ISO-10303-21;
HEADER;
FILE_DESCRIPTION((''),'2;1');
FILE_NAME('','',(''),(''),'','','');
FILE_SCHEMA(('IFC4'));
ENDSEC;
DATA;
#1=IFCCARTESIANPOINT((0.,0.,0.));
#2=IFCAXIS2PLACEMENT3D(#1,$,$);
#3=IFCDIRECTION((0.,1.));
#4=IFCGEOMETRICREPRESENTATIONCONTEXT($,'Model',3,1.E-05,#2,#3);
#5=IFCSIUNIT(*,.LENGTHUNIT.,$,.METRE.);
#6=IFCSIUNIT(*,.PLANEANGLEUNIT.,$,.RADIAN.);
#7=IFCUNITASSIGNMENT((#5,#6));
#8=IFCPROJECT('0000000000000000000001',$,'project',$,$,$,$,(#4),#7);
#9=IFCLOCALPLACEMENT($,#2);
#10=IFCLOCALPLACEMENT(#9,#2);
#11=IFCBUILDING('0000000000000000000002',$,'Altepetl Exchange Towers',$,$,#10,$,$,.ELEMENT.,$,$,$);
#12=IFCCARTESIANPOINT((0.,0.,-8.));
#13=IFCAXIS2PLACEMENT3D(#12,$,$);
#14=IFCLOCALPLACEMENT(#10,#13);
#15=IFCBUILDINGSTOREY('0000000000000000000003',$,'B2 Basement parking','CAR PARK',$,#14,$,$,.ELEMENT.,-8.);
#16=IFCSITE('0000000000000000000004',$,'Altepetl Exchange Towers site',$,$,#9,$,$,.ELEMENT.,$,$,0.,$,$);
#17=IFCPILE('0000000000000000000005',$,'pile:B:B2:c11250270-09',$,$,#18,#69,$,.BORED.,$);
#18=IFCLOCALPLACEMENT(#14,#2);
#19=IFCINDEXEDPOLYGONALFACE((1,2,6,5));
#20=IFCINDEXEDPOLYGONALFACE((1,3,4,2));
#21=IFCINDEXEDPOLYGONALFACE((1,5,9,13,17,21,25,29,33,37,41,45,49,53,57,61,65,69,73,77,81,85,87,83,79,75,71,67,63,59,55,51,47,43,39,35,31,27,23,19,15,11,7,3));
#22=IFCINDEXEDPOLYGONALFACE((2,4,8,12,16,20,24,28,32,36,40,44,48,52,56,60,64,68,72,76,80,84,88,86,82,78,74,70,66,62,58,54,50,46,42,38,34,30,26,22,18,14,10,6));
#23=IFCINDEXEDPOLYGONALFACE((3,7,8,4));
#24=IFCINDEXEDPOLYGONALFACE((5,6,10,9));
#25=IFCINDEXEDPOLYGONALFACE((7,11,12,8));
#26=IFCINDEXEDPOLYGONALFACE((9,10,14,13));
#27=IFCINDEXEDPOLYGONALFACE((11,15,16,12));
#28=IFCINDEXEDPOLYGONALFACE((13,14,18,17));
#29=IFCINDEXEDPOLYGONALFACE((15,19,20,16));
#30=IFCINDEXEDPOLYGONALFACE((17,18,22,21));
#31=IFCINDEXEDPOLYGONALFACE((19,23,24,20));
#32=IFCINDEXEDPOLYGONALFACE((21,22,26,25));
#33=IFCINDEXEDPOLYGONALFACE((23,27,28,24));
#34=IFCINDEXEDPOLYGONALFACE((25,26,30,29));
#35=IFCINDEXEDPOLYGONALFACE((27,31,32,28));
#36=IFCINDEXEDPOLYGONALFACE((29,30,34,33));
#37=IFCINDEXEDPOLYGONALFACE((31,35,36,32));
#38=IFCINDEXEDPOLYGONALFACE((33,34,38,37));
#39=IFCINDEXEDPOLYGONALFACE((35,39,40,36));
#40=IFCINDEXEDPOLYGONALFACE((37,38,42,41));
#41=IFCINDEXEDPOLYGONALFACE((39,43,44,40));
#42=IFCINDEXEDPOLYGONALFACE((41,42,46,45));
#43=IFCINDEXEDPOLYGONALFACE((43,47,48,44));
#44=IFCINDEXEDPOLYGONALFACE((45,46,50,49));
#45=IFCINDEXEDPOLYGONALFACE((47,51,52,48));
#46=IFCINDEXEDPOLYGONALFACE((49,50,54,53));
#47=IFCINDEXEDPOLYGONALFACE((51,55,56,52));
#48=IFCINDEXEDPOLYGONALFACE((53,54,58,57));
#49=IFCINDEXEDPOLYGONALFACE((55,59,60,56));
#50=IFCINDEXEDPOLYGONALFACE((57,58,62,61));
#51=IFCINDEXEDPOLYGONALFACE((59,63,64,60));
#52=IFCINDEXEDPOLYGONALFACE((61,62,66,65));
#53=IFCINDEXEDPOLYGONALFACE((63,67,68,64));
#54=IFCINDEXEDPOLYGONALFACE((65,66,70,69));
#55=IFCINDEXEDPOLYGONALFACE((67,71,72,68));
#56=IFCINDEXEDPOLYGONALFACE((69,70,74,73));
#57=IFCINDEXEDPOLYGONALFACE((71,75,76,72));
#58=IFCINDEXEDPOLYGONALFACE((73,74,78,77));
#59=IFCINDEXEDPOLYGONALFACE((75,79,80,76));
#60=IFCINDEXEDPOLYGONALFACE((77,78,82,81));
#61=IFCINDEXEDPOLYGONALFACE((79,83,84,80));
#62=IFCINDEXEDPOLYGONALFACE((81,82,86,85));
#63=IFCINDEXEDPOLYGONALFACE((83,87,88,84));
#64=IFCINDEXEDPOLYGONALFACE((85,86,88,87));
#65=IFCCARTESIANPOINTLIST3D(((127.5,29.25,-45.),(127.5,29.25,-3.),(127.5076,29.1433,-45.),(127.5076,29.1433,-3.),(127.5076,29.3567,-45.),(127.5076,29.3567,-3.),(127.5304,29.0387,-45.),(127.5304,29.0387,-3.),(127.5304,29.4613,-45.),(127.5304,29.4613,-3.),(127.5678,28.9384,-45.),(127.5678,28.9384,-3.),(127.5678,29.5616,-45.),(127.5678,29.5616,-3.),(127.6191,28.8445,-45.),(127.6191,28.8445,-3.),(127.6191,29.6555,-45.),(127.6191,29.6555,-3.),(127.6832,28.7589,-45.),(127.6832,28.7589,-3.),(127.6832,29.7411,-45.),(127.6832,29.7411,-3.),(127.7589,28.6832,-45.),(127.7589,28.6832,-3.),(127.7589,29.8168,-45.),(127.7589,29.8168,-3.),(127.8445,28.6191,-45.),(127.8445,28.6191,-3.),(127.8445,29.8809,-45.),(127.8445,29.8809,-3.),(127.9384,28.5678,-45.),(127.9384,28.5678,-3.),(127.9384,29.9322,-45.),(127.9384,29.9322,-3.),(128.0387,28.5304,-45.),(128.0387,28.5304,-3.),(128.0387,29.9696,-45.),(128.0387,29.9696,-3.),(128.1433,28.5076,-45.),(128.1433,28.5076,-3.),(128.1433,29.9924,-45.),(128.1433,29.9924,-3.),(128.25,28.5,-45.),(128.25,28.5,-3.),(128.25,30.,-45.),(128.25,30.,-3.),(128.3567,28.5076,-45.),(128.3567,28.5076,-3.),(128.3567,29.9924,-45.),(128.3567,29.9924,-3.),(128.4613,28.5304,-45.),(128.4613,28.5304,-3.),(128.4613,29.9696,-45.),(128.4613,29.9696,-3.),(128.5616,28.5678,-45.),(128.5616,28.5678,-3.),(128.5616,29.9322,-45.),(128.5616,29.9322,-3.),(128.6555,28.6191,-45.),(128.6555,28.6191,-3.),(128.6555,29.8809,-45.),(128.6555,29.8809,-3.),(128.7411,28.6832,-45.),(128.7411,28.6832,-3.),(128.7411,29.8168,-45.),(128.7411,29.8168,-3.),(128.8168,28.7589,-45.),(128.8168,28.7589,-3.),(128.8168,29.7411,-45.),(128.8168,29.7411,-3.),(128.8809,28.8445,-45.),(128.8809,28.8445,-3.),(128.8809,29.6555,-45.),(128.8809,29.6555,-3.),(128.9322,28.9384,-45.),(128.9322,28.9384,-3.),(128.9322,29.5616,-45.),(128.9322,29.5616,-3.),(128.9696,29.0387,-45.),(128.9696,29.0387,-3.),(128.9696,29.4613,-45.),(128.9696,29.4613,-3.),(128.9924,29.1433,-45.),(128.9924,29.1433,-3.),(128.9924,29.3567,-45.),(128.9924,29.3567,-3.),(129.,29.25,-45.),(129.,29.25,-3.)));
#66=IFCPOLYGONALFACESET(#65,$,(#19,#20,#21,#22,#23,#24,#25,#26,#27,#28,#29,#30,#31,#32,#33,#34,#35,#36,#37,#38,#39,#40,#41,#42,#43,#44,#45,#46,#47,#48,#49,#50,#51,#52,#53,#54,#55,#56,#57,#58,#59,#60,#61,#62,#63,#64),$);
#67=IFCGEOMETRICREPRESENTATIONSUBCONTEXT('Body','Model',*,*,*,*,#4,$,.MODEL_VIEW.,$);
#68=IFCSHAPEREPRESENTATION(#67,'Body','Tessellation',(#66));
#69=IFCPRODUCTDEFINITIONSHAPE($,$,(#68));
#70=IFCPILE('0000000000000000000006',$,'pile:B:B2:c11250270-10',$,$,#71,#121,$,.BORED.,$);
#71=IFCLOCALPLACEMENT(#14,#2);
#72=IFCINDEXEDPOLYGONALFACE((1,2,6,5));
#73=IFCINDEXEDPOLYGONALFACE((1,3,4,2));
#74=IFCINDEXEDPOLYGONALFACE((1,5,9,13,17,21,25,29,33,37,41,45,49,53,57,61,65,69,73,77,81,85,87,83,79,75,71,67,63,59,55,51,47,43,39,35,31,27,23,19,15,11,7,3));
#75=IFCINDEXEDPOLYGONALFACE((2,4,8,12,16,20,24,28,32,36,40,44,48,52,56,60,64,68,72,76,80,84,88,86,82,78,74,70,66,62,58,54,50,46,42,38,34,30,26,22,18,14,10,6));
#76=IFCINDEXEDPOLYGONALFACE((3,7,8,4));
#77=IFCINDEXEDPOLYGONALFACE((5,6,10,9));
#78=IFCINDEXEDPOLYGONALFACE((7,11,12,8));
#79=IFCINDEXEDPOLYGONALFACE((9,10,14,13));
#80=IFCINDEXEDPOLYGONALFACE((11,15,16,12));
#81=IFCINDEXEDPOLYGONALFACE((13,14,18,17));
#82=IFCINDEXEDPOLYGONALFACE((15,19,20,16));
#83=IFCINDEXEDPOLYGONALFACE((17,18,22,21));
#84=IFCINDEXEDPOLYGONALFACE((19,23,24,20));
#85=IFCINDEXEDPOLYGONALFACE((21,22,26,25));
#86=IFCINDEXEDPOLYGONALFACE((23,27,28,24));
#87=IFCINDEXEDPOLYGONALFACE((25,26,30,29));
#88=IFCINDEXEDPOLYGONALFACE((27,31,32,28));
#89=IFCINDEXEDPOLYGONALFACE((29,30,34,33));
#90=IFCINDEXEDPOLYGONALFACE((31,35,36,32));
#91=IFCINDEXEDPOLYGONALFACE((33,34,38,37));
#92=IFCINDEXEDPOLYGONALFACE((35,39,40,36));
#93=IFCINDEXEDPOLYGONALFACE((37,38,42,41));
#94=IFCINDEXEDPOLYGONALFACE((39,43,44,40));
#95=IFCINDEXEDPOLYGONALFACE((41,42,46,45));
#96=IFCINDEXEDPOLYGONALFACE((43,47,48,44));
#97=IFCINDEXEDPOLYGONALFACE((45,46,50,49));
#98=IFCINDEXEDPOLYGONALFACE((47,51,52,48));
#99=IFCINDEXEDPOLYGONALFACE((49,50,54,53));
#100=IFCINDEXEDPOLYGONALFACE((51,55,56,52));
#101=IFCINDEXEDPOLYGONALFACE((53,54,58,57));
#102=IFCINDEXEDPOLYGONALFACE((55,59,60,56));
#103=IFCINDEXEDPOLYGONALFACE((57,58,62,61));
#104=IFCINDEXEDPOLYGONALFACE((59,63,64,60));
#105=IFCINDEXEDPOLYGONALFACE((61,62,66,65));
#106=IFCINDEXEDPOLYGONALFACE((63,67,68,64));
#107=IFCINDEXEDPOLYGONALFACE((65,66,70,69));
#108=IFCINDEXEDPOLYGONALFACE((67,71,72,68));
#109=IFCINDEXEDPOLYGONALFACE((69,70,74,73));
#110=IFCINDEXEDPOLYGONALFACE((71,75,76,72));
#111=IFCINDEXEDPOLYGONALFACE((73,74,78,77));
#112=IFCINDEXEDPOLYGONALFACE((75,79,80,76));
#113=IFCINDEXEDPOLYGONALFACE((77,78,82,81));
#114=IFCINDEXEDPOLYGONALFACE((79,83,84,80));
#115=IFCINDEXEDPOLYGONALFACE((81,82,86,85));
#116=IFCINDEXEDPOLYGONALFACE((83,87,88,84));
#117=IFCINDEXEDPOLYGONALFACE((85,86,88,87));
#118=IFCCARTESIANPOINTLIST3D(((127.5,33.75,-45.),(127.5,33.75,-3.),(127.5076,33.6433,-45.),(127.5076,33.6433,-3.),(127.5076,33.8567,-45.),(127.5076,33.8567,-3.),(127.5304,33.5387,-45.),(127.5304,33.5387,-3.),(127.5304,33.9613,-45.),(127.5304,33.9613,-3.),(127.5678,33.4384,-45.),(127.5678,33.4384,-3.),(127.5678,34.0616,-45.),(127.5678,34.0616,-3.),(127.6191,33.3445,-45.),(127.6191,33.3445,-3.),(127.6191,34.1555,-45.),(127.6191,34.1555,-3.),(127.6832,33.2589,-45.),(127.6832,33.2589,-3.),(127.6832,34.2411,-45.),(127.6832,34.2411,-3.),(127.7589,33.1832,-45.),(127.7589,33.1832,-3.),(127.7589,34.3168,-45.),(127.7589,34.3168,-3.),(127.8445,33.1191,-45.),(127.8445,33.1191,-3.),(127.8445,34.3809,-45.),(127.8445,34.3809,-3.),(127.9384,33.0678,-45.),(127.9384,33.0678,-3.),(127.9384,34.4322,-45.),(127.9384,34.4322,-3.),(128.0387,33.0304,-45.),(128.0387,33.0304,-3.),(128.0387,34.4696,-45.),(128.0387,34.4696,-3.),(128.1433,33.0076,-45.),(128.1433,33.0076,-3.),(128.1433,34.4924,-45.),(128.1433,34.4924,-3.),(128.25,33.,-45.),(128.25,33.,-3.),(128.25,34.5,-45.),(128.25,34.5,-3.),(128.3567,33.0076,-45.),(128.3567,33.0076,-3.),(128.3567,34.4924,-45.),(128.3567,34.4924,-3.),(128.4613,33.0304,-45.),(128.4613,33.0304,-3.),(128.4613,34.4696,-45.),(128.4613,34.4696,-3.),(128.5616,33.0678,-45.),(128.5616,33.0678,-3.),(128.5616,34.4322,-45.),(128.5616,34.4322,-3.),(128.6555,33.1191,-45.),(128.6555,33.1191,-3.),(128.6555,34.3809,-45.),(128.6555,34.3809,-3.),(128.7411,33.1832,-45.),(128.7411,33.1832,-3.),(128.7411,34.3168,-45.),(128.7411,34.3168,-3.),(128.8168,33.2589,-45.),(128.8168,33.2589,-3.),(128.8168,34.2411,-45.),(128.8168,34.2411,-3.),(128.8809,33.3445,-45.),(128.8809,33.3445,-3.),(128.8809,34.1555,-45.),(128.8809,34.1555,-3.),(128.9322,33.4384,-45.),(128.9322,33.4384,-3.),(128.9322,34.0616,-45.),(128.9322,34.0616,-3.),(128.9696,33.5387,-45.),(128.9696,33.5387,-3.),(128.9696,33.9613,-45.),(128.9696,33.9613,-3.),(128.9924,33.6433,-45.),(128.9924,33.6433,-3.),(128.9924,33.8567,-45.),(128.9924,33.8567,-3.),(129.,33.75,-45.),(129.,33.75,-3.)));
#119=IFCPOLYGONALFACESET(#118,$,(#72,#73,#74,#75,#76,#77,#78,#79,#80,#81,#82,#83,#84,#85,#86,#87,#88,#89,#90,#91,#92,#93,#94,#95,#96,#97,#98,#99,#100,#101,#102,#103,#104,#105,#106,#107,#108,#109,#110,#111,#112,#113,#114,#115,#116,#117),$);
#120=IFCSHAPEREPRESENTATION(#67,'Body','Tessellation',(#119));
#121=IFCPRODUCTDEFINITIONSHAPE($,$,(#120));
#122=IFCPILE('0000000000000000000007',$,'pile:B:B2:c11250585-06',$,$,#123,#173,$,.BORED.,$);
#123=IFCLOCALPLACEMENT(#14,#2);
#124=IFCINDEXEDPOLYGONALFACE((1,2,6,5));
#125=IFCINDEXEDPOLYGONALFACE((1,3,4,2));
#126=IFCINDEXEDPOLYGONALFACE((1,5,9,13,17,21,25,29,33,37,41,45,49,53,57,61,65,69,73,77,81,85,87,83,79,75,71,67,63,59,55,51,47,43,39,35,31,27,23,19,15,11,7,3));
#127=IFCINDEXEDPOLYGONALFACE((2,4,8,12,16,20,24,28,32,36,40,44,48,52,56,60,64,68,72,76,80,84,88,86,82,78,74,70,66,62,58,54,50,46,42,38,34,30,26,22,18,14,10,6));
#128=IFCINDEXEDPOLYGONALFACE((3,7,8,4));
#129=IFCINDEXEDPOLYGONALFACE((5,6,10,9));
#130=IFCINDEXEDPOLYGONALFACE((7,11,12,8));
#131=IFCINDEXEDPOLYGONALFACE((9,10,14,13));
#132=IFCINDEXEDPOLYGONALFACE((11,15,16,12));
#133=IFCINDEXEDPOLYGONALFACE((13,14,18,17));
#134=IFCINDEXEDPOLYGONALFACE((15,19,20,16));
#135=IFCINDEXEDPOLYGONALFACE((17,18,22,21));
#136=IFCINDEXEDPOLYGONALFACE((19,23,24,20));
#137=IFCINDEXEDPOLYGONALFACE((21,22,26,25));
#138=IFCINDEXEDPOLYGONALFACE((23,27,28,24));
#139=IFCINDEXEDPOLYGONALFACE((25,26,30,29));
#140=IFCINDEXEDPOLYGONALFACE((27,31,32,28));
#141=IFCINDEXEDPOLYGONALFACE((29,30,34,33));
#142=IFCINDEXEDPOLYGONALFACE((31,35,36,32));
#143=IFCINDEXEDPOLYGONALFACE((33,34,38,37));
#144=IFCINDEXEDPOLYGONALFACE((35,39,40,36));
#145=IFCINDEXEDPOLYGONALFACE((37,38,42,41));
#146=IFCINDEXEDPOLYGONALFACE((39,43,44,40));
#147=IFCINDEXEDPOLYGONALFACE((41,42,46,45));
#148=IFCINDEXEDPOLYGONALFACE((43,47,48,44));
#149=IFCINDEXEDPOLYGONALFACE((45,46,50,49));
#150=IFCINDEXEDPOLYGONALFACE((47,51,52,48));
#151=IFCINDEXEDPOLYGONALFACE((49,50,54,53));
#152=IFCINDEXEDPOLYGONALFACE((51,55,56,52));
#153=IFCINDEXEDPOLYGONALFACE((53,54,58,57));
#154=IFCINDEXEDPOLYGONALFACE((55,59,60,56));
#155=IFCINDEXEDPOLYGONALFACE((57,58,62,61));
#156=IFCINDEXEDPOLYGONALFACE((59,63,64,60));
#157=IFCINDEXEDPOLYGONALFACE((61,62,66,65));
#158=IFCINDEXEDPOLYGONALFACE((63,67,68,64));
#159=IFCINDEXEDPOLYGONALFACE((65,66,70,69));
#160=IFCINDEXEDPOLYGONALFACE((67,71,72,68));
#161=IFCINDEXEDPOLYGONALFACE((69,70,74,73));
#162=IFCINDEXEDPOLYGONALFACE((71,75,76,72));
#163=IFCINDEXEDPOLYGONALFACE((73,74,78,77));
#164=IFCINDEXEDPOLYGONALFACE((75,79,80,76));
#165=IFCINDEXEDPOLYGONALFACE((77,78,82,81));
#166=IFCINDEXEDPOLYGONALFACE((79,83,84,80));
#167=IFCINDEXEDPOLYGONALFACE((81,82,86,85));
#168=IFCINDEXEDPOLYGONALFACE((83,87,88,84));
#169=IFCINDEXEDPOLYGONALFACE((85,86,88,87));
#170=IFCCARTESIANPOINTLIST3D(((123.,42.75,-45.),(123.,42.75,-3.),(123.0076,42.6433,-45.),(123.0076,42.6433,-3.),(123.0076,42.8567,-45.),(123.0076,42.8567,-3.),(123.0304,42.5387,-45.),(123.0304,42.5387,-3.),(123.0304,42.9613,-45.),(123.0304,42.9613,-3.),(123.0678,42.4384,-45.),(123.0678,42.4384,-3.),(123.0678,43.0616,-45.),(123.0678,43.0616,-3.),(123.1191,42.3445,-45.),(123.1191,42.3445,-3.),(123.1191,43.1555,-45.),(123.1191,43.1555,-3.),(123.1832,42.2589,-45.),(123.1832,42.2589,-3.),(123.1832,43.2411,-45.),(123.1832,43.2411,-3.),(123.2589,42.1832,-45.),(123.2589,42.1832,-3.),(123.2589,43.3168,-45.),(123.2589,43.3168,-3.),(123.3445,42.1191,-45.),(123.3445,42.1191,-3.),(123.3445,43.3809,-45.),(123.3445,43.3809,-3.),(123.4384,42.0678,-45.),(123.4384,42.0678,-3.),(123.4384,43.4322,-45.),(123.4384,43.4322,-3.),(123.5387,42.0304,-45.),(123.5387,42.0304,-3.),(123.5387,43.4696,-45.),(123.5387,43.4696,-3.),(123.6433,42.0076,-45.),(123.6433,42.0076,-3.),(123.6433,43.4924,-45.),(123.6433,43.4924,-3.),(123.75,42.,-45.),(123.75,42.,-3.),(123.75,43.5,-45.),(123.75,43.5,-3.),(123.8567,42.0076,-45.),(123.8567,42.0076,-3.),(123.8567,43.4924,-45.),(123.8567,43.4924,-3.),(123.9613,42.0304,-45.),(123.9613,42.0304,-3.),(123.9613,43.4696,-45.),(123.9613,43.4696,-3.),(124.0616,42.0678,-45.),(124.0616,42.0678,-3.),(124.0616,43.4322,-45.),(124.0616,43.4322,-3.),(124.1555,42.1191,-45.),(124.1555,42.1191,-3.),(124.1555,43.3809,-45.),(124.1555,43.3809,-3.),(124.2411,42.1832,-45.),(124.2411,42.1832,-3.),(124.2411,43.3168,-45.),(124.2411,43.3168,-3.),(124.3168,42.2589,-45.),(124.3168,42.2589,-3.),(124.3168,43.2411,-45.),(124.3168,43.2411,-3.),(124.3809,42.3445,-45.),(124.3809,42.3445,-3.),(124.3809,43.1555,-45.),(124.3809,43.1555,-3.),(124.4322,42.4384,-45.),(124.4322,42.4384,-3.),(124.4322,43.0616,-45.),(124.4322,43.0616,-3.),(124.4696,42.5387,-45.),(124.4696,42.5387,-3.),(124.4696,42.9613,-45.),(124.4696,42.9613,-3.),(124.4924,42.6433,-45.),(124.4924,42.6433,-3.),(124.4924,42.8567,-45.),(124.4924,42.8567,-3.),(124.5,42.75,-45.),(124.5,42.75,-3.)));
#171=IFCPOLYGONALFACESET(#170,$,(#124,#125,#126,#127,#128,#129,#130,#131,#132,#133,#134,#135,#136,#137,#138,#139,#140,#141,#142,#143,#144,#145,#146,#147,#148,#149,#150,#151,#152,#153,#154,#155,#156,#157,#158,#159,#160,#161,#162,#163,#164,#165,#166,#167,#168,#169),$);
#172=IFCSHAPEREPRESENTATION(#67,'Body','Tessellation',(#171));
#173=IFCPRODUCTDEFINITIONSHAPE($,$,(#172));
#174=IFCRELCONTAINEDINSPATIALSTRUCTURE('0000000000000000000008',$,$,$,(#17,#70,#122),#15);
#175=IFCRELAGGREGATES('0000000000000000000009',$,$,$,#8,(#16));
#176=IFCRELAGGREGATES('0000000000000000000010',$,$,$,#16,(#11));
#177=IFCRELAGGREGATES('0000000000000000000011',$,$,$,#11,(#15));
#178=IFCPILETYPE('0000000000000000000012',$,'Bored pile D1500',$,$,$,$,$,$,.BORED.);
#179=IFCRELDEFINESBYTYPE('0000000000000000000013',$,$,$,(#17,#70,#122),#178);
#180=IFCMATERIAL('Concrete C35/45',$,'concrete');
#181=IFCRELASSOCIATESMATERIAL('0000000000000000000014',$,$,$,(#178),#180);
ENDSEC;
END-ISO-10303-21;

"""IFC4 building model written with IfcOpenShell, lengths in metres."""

from ifc_helpers import new_model, si_unit, direction, frame, origin, origin_2d, place, context, subcontext, project, spatial, circle, extrude, material, material_profile, profile_set, type_object, element, save


model = new_model("IFC4")

# Units and contexts
model_context = context("Model", 3, precision=1e-05, world=origin(), true_north=direction((0.0, 1.0)))
body_context = subcontext(model_context, "Body", "Model", "MODEL_VIEW")
ifc_project = project(units=[si_unit("LENGTHUNIT", "METRE"), si_unit("PLANEANGLEUNIT", "RADIAN")], contexts=[model_context])

# Site, building, storey
site_placement = place(None, origin())
site = spatial("IfcSite", under=ifc_project, at=site_placement, Name="Altepetl Exchange Towers site", CompositionType="ELEMENT", RefElevation=0.0)
building_placement = place(site_placement, origin())
building = spatial("IfcBuilding", under=site, at=building_placement, Name="Altepetl Exchange Towers", CompositionType="ELEMENT")
storey_placement = place(building_placement, frame((0.0, 0.0, -8.0)))
storey = spatial("IfcBuildingStorey", under=building, at=storey_placement, Name="B2 Basement parking", Description="CAR PARK", CompositionType="ELEMENT", Elevation=-8.0)

# Piles
ifc_material_1 = material(Name="Concrete C35/45", Category="concrete")
ifc_material_profile_1 = material_profile(ifc_material_1, circle(Radius=0.75, at=origin_2d()), Name="D1500")
ifc_profile_set_1 = profile_set([ifc_material_profile_1], Name="Concrete C35/45")
pile_type_1 = type_object("IfcPileType", Name="Bored pile D1500", PredefinedType="BORED", material=ifc_profile_set_1)
for number, where, z_axis, x_axis, name in (
    (1, (128.25, 29.25, -3.0), (0.0, 0.0, -1.0), (1.0, 0.0, 0.0), "pile:B:B2:c11250270-09"),
    (2, (128.25, 33.75, -3.0), (0.0, 0.0, -1.0), (1.0, 0.0, 0.0), "pile:B:B2:c11250270-10"),
    (3, (123.75, 42.75, -3.0), (0.0, 0.0, -1.0), (1.0, 0.0, 0.0), "pile:B:B2:c11250585-06"),
):
    element("IfcPile", number, at=place(storey_placement, frame(where, z_axis=z_axis, x_axis=x_axis)), inside=storey, type_object=pile_type_1, Name=name, PredefinedType="BORED", context=body_context, shape_type="SweptSolid", body=[
        extrude(circle(Radius=0.75, at=origin_2d()), origin(), (0.0, 0.0, 1.0), 42.0),
    ])

save(model, "model.ifc")
